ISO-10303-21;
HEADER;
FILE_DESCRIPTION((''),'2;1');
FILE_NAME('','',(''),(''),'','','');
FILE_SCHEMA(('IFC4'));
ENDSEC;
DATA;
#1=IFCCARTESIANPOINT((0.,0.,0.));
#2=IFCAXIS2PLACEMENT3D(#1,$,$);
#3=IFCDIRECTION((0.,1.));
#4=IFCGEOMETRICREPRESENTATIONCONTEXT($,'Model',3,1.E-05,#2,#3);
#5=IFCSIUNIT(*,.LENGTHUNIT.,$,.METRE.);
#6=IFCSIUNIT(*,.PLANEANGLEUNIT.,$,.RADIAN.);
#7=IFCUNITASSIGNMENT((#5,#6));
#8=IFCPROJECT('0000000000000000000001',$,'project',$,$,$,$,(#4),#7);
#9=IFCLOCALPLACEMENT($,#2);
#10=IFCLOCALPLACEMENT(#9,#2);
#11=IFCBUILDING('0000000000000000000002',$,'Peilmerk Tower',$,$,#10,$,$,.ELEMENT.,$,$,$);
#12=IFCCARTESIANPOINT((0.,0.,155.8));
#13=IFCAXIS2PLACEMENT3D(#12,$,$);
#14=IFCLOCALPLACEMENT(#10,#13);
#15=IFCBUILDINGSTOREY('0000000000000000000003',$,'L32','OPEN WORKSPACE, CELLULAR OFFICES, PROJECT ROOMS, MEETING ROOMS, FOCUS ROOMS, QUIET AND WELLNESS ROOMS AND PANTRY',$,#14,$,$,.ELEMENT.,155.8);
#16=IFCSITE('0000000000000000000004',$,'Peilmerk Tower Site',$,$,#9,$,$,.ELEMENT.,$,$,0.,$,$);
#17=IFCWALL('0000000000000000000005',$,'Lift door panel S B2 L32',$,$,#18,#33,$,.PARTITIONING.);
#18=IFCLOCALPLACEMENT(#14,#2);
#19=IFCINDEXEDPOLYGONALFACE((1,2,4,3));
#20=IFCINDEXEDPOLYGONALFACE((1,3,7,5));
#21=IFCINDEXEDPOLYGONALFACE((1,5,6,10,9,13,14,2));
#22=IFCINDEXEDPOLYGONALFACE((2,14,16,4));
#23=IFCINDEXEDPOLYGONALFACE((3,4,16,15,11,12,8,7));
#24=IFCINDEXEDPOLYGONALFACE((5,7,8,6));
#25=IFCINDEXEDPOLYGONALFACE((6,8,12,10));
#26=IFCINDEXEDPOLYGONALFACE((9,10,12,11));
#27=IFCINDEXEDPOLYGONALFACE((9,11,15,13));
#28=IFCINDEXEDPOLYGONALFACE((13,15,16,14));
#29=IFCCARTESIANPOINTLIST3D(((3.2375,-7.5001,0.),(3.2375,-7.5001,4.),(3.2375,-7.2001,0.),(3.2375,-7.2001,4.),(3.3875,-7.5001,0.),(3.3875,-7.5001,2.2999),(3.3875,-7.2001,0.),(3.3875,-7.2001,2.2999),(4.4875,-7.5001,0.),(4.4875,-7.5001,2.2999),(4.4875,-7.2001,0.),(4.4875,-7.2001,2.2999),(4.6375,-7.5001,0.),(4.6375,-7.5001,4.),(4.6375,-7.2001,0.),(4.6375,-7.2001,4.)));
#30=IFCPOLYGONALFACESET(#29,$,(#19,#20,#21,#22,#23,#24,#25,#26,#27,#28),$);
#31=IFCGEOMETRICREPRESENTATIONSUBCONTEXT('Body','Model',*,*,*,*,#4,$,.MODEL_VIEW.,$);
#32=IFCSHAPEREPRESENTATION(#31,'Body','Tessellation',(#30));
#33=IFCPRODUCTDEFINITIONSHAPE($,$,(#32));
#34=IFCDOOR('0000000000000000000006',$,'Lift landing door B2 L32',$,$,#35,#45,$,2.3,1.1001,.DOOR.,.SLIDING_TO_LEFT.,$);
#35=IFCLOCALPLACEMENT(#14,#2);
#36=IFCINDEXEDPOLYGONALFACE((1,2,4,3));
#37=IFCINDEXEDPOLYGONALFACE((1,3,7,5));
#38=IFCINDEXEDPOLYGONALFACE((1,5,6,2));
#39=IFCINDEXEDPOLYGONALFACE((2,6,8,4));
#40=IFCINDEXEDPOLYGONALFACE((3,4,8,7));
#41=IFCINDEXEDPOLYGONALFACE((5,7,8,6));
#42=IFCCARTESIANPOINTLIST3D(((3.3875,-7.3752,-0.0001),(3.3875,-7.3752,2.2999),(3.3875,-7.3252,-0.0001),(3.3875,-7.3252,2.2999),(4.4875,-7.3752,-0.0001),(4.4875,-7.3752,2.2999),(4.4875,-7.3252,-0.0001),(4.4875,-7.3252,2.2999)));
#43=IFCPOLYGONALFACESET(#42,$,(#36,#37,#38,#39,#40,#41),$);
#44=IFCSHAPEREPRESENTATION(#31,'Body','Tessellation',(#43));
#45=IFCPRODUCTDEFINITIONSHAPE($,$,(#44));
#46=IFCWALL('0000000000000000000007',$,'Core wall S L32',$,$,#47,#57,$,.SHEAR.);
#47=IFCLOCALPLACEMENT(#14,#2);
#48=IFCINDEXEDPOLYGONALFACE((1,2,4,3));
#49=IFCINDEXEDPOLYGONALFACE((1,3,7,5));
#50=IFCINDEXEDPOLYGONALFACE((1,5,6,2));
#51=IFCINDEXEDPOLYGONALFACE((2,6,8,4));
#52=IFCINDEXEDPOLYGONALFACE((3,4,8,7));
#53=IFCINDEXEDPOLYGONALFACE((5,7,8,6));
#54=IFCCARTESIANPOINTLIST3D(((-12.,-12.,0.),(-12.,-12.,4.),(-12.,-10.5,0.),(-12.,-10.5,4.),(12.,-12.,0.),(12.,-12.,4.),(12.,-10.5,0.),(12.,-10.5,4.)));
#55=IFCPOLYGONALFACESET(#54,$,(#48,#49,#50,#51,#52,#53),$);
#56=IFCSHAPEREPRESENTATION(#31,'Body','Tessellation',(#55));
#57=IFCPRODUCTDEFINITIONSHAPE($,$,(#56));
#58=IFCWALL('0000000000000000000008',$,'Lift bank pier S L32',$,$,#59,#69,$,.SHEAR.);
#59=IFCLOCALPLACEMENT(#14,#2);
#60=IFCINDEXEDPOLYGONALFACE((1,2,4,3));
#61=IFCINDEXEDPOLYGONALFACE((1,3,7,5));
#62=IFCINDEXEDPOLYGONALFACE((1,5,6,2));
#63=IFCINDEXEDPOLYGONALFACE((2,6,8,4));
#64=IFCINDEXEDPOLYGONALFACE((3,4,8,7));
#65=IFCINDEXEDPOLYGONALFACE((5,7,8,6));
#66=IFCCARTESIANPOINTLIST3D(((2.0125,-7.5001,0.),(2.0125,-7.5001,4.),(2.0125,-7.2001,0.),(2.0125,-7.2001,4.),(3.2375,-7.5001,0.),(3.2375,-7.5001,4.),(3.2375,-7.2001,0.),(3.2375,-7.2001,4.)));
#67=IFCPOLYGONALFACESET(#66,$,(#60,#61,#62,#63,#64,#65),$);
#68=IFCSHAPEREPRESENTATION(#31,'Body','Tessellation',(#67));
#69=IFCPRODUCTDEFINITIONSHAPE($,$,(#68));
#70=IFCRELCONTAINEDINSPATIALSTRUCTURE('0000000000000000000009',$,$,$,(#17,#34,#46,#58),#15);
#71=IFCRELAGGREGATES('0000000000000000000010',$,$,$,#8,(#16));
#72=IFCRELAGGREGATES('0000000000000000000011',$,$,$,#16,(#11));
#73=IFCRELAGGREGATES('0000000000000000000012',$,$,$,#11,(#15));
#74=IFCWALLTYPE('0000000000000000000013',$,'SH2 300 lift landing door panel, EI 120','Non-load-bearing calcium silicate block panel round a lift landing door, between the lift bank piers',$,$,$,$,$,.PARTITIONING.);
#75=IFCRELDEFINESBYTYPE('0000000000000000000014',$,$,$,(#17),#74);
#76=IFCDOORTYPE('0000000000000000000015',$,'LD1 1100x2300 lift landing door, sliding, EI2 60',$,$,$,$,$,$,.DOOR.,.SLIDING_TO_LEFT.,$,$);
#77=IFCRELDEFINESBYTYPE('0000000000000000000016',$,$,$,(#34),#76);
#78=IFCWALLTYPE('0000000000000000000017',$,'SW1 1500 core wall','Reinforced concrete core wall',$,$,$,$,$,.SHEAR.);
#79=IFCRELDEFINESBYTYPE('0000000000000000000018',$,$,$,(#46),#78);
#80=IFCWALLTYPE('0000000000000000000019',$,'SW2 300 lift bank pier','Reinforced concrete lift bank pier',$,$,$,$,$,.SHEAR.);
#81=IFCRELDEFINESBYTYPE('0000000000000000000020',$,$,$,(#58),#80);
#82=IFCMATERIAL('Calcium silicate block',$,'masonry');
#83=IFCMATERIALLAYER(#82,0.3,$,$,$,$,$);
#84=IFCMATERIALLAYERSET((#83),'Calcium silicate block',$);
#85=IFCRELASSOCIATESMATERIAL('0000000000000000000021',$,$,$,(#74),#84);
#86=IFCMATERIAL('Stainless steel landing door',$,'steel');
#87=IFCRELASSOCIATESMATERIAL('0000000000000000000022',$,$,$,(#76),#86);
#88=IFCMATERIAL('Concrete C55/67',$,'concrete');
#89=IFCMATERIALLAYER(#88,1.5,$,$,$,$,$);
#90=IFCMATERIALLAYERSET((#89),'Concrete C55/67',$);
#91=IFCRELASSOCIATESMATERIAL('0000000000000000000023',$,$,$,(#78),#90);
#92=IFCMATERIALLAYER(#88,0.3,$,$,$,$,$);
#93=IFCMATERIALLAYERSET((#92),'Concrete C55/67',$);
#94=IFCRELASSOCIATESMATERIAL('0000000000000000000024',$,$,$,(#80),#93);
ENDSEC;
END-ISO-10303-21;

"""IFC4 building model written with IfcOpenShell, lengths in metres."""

from ifc_helpers import new_model, si_unit, direction, frame, frame_2d, origin, place, context, subcontext, project, spatial, rectangle, extrude, material, layer, layer_set, type_object, element, fill, save


model = new_model("IFC4")

# Units and contexts
model_context = context("Model", 3, precision=1e-05, world=origin(), true_north=direction((0.0, 1.0)))
body_context = subcontext(model_context, "Body", "Model", "MODEL_VIEW")
ifc_project = project(units=[si_unit("LENGTHUNIT", "METRE"), si_unit("PLANEANGLEUNIT", "RADIAN")], contexts=[model_context])

# Site, building, storey
site_placement = place(None, origin())
site = spatial("IfcSite", under=ifc_project, at=site_placement, Name="Peilmerk Tower Site", CompositionType="ELEMENT", RefElevation=0.0)
building_placement = place(site_placement, origin())
building = spatial("IfcBuilding", under=site, at=building_placement, Name="Peilmerk Tower", CompositionType="ELEMENT")
storey_placement = place(building_placement, frame((0.0, 0.0, 155.8)))
storey = spatial("IfcBuildingStorey", under=building, at=storey_placement, Name="L32", Description="OPEN WORKSPACE, CELLULAR OFFICES, PROJECT ROOMS, MEETING ROOMS, FOCUS ROOMS, QUIET AND WELLNESS ROOMS AND PANTRY", CompositionType="ELEMENT", Elevation=155.8)

# Shared definitions
ifc_material_1 = material(Name="Calcium silicate block", Category="masonry")

# Wall, opening, door
ifc_layer_1 = layer(ifc_material_1, 0.3)
ifc_layer_set_1 = layer_set([ifc_layer_1], Name="Calcium silicate block")
wall_type_1 = type_object("IfcWallType", Name="SH2 300 lift landing door panel, EI 120", Description="Non-load-bearing calcium silicate block panel round a lift landing door, between the lift bank piers", PredefinedType="PARTITIONING", material=ifc_layer_set_1)
ifc_material_2 = material(Name="Stainless steel landing door", Category="steel")
door_type = type_object("IfcDoorType", Name="LD1 1100x2300 lift landing door, sliding, EI2 60", OperationType="SLIDING_TO_LEFT", PredefinedType="DOOR", material=ifc_material_2)
wall_1_placement = place(storey_placement, frame((3.2375, -7.3501, 0.0), z_axis=(0.0, 0.0, 1.0), x_axis=(1.0, 0.0, 0.0)))
wall_1 = element("IfcWall", 1, at=wall_1_placement, inside=storey, type_object=wall_type_1, Name="Lift door panel S B2 L32", PredefinedType="PARTITIONING", context=body_context, shape_type="SweptSolid", body=[
    extrude(rectangle(XDim=1.3999, YDim=0.3, at=frame_2d((0.7, 0.0))), origin(), (0.0, 0.0, 1.0), 4.0),
])
opening_1_placement = place(wall_1_placement, frame((0.1499, 0.0, 0.0)))
opening_1 = element("IfcOpeningElement", 2, at=opening_1_placement, cuts=wall_1, PredefinedType="OPENING", context=body_context, shape_type="SweptSolid", body=[
    extrude(rectangle(XDim=1.1001, YDim=2.3, at=frame_2d((0.55, 1.1499))), frame((0.0, 0.1599, 0.0), z_axis=(0.0, -1.0, 0.0), x_axis=(1.0, 0.0, 0.0)), (0.0, 0.0, 1.0), 0.3201),
])
door_1_placement = place(opening_1_placement, origin())
door_1 = element("IfcDoor", 3, at=door_1_placement, inside=storey, type_object=door_type, Name="Lift landing door B2 L32", OperationType="SLIDING_TO_LEFT", OverallHeight=2.3, OverallWidth=1.1001, PredefinedType="DOOR", context=body_context, shape_type="SweptSolid", body=[
    extrude(rectangle(XDim=1.1001, YDim=2.3, at=frame_2d((0.55, 1.1499))), frame((0.0, 0.0249, 0.0), z_axis=(0.0, -1.0, 0.0), x_axis=(1.0, 0.0, 0.0)), (0.0, 0.0, 1.0), 0.05),
])
fill(opening_1, door_1)

# Walls
ifc_material_3 = material(Name="Concrete C55/67", Category="concrete")
ifc_layer_2 = layer(ifc_material_3, 1.5)
ifc_layer_set_2 = layer_set([ifc_layer_2], Name="Concrete C55/67")
wall_type_2 = type_object("IfcWallType", Name="SW1 1500 core wall", Description="Reinforced concrete core wall", PredefinedType="SHEAR", material=ifc_layer_set_2)
wall_2_placement = place(storey_placement, frame((12.0, -11.25, 0.0), z_axis=(0.0, 0.0, 1.0), x_axis=(-1.0, 0.0, 0.0)))
element("IfcWall", 4, at=wall_2_placement, inside=storey, type_object=wall_type_2, Name="Core wall S L32", PredefinedType="SHEAR", context=body_context, shape_type="SweptSolid", body=[
    extrude(rectangle(XDim=24.0, YDim=1.5, at=frame_2d((12.0, 0.0))), origin(), (0.0, 0.0, 1.0), 4.0),
])
ifc_layer_3 = layer(ifc_material_3, 0.3)
ifc_layer_set_3 = layer_set([ifc_layer_3], Name="Concrete C55/67")
wall_type_3 = type_object("IfcWallType", Name="SW2 300 lift bank pier", Description="Reinforced concrete lift bank pier", PredefinedType="SHEAR", material=ifc_layer_set_3)
wall_3_placement = place(storey_placement, frame((2.0125, -7.3501, 0.0), z_axis=(0.0, 0.0, 1.0), x_axis=(1.0, 0.0, 0.0)))
element("IfcWall", 5, at=wall_3_placement, inside=storey, type_object=wall_type_3, Name="Lift bank pier S L32", PredefinedType="SHEAR", context=body_context, shape_type="SweptSolid", body=[
    extrude(rectangle(XDim=1.2251, YDim=0.3, at=frame_2d((0.6125, 0.0))), origin(), (0.0, 0.0, 1.0), 4.0),
])

save(model, "model.ifc")
